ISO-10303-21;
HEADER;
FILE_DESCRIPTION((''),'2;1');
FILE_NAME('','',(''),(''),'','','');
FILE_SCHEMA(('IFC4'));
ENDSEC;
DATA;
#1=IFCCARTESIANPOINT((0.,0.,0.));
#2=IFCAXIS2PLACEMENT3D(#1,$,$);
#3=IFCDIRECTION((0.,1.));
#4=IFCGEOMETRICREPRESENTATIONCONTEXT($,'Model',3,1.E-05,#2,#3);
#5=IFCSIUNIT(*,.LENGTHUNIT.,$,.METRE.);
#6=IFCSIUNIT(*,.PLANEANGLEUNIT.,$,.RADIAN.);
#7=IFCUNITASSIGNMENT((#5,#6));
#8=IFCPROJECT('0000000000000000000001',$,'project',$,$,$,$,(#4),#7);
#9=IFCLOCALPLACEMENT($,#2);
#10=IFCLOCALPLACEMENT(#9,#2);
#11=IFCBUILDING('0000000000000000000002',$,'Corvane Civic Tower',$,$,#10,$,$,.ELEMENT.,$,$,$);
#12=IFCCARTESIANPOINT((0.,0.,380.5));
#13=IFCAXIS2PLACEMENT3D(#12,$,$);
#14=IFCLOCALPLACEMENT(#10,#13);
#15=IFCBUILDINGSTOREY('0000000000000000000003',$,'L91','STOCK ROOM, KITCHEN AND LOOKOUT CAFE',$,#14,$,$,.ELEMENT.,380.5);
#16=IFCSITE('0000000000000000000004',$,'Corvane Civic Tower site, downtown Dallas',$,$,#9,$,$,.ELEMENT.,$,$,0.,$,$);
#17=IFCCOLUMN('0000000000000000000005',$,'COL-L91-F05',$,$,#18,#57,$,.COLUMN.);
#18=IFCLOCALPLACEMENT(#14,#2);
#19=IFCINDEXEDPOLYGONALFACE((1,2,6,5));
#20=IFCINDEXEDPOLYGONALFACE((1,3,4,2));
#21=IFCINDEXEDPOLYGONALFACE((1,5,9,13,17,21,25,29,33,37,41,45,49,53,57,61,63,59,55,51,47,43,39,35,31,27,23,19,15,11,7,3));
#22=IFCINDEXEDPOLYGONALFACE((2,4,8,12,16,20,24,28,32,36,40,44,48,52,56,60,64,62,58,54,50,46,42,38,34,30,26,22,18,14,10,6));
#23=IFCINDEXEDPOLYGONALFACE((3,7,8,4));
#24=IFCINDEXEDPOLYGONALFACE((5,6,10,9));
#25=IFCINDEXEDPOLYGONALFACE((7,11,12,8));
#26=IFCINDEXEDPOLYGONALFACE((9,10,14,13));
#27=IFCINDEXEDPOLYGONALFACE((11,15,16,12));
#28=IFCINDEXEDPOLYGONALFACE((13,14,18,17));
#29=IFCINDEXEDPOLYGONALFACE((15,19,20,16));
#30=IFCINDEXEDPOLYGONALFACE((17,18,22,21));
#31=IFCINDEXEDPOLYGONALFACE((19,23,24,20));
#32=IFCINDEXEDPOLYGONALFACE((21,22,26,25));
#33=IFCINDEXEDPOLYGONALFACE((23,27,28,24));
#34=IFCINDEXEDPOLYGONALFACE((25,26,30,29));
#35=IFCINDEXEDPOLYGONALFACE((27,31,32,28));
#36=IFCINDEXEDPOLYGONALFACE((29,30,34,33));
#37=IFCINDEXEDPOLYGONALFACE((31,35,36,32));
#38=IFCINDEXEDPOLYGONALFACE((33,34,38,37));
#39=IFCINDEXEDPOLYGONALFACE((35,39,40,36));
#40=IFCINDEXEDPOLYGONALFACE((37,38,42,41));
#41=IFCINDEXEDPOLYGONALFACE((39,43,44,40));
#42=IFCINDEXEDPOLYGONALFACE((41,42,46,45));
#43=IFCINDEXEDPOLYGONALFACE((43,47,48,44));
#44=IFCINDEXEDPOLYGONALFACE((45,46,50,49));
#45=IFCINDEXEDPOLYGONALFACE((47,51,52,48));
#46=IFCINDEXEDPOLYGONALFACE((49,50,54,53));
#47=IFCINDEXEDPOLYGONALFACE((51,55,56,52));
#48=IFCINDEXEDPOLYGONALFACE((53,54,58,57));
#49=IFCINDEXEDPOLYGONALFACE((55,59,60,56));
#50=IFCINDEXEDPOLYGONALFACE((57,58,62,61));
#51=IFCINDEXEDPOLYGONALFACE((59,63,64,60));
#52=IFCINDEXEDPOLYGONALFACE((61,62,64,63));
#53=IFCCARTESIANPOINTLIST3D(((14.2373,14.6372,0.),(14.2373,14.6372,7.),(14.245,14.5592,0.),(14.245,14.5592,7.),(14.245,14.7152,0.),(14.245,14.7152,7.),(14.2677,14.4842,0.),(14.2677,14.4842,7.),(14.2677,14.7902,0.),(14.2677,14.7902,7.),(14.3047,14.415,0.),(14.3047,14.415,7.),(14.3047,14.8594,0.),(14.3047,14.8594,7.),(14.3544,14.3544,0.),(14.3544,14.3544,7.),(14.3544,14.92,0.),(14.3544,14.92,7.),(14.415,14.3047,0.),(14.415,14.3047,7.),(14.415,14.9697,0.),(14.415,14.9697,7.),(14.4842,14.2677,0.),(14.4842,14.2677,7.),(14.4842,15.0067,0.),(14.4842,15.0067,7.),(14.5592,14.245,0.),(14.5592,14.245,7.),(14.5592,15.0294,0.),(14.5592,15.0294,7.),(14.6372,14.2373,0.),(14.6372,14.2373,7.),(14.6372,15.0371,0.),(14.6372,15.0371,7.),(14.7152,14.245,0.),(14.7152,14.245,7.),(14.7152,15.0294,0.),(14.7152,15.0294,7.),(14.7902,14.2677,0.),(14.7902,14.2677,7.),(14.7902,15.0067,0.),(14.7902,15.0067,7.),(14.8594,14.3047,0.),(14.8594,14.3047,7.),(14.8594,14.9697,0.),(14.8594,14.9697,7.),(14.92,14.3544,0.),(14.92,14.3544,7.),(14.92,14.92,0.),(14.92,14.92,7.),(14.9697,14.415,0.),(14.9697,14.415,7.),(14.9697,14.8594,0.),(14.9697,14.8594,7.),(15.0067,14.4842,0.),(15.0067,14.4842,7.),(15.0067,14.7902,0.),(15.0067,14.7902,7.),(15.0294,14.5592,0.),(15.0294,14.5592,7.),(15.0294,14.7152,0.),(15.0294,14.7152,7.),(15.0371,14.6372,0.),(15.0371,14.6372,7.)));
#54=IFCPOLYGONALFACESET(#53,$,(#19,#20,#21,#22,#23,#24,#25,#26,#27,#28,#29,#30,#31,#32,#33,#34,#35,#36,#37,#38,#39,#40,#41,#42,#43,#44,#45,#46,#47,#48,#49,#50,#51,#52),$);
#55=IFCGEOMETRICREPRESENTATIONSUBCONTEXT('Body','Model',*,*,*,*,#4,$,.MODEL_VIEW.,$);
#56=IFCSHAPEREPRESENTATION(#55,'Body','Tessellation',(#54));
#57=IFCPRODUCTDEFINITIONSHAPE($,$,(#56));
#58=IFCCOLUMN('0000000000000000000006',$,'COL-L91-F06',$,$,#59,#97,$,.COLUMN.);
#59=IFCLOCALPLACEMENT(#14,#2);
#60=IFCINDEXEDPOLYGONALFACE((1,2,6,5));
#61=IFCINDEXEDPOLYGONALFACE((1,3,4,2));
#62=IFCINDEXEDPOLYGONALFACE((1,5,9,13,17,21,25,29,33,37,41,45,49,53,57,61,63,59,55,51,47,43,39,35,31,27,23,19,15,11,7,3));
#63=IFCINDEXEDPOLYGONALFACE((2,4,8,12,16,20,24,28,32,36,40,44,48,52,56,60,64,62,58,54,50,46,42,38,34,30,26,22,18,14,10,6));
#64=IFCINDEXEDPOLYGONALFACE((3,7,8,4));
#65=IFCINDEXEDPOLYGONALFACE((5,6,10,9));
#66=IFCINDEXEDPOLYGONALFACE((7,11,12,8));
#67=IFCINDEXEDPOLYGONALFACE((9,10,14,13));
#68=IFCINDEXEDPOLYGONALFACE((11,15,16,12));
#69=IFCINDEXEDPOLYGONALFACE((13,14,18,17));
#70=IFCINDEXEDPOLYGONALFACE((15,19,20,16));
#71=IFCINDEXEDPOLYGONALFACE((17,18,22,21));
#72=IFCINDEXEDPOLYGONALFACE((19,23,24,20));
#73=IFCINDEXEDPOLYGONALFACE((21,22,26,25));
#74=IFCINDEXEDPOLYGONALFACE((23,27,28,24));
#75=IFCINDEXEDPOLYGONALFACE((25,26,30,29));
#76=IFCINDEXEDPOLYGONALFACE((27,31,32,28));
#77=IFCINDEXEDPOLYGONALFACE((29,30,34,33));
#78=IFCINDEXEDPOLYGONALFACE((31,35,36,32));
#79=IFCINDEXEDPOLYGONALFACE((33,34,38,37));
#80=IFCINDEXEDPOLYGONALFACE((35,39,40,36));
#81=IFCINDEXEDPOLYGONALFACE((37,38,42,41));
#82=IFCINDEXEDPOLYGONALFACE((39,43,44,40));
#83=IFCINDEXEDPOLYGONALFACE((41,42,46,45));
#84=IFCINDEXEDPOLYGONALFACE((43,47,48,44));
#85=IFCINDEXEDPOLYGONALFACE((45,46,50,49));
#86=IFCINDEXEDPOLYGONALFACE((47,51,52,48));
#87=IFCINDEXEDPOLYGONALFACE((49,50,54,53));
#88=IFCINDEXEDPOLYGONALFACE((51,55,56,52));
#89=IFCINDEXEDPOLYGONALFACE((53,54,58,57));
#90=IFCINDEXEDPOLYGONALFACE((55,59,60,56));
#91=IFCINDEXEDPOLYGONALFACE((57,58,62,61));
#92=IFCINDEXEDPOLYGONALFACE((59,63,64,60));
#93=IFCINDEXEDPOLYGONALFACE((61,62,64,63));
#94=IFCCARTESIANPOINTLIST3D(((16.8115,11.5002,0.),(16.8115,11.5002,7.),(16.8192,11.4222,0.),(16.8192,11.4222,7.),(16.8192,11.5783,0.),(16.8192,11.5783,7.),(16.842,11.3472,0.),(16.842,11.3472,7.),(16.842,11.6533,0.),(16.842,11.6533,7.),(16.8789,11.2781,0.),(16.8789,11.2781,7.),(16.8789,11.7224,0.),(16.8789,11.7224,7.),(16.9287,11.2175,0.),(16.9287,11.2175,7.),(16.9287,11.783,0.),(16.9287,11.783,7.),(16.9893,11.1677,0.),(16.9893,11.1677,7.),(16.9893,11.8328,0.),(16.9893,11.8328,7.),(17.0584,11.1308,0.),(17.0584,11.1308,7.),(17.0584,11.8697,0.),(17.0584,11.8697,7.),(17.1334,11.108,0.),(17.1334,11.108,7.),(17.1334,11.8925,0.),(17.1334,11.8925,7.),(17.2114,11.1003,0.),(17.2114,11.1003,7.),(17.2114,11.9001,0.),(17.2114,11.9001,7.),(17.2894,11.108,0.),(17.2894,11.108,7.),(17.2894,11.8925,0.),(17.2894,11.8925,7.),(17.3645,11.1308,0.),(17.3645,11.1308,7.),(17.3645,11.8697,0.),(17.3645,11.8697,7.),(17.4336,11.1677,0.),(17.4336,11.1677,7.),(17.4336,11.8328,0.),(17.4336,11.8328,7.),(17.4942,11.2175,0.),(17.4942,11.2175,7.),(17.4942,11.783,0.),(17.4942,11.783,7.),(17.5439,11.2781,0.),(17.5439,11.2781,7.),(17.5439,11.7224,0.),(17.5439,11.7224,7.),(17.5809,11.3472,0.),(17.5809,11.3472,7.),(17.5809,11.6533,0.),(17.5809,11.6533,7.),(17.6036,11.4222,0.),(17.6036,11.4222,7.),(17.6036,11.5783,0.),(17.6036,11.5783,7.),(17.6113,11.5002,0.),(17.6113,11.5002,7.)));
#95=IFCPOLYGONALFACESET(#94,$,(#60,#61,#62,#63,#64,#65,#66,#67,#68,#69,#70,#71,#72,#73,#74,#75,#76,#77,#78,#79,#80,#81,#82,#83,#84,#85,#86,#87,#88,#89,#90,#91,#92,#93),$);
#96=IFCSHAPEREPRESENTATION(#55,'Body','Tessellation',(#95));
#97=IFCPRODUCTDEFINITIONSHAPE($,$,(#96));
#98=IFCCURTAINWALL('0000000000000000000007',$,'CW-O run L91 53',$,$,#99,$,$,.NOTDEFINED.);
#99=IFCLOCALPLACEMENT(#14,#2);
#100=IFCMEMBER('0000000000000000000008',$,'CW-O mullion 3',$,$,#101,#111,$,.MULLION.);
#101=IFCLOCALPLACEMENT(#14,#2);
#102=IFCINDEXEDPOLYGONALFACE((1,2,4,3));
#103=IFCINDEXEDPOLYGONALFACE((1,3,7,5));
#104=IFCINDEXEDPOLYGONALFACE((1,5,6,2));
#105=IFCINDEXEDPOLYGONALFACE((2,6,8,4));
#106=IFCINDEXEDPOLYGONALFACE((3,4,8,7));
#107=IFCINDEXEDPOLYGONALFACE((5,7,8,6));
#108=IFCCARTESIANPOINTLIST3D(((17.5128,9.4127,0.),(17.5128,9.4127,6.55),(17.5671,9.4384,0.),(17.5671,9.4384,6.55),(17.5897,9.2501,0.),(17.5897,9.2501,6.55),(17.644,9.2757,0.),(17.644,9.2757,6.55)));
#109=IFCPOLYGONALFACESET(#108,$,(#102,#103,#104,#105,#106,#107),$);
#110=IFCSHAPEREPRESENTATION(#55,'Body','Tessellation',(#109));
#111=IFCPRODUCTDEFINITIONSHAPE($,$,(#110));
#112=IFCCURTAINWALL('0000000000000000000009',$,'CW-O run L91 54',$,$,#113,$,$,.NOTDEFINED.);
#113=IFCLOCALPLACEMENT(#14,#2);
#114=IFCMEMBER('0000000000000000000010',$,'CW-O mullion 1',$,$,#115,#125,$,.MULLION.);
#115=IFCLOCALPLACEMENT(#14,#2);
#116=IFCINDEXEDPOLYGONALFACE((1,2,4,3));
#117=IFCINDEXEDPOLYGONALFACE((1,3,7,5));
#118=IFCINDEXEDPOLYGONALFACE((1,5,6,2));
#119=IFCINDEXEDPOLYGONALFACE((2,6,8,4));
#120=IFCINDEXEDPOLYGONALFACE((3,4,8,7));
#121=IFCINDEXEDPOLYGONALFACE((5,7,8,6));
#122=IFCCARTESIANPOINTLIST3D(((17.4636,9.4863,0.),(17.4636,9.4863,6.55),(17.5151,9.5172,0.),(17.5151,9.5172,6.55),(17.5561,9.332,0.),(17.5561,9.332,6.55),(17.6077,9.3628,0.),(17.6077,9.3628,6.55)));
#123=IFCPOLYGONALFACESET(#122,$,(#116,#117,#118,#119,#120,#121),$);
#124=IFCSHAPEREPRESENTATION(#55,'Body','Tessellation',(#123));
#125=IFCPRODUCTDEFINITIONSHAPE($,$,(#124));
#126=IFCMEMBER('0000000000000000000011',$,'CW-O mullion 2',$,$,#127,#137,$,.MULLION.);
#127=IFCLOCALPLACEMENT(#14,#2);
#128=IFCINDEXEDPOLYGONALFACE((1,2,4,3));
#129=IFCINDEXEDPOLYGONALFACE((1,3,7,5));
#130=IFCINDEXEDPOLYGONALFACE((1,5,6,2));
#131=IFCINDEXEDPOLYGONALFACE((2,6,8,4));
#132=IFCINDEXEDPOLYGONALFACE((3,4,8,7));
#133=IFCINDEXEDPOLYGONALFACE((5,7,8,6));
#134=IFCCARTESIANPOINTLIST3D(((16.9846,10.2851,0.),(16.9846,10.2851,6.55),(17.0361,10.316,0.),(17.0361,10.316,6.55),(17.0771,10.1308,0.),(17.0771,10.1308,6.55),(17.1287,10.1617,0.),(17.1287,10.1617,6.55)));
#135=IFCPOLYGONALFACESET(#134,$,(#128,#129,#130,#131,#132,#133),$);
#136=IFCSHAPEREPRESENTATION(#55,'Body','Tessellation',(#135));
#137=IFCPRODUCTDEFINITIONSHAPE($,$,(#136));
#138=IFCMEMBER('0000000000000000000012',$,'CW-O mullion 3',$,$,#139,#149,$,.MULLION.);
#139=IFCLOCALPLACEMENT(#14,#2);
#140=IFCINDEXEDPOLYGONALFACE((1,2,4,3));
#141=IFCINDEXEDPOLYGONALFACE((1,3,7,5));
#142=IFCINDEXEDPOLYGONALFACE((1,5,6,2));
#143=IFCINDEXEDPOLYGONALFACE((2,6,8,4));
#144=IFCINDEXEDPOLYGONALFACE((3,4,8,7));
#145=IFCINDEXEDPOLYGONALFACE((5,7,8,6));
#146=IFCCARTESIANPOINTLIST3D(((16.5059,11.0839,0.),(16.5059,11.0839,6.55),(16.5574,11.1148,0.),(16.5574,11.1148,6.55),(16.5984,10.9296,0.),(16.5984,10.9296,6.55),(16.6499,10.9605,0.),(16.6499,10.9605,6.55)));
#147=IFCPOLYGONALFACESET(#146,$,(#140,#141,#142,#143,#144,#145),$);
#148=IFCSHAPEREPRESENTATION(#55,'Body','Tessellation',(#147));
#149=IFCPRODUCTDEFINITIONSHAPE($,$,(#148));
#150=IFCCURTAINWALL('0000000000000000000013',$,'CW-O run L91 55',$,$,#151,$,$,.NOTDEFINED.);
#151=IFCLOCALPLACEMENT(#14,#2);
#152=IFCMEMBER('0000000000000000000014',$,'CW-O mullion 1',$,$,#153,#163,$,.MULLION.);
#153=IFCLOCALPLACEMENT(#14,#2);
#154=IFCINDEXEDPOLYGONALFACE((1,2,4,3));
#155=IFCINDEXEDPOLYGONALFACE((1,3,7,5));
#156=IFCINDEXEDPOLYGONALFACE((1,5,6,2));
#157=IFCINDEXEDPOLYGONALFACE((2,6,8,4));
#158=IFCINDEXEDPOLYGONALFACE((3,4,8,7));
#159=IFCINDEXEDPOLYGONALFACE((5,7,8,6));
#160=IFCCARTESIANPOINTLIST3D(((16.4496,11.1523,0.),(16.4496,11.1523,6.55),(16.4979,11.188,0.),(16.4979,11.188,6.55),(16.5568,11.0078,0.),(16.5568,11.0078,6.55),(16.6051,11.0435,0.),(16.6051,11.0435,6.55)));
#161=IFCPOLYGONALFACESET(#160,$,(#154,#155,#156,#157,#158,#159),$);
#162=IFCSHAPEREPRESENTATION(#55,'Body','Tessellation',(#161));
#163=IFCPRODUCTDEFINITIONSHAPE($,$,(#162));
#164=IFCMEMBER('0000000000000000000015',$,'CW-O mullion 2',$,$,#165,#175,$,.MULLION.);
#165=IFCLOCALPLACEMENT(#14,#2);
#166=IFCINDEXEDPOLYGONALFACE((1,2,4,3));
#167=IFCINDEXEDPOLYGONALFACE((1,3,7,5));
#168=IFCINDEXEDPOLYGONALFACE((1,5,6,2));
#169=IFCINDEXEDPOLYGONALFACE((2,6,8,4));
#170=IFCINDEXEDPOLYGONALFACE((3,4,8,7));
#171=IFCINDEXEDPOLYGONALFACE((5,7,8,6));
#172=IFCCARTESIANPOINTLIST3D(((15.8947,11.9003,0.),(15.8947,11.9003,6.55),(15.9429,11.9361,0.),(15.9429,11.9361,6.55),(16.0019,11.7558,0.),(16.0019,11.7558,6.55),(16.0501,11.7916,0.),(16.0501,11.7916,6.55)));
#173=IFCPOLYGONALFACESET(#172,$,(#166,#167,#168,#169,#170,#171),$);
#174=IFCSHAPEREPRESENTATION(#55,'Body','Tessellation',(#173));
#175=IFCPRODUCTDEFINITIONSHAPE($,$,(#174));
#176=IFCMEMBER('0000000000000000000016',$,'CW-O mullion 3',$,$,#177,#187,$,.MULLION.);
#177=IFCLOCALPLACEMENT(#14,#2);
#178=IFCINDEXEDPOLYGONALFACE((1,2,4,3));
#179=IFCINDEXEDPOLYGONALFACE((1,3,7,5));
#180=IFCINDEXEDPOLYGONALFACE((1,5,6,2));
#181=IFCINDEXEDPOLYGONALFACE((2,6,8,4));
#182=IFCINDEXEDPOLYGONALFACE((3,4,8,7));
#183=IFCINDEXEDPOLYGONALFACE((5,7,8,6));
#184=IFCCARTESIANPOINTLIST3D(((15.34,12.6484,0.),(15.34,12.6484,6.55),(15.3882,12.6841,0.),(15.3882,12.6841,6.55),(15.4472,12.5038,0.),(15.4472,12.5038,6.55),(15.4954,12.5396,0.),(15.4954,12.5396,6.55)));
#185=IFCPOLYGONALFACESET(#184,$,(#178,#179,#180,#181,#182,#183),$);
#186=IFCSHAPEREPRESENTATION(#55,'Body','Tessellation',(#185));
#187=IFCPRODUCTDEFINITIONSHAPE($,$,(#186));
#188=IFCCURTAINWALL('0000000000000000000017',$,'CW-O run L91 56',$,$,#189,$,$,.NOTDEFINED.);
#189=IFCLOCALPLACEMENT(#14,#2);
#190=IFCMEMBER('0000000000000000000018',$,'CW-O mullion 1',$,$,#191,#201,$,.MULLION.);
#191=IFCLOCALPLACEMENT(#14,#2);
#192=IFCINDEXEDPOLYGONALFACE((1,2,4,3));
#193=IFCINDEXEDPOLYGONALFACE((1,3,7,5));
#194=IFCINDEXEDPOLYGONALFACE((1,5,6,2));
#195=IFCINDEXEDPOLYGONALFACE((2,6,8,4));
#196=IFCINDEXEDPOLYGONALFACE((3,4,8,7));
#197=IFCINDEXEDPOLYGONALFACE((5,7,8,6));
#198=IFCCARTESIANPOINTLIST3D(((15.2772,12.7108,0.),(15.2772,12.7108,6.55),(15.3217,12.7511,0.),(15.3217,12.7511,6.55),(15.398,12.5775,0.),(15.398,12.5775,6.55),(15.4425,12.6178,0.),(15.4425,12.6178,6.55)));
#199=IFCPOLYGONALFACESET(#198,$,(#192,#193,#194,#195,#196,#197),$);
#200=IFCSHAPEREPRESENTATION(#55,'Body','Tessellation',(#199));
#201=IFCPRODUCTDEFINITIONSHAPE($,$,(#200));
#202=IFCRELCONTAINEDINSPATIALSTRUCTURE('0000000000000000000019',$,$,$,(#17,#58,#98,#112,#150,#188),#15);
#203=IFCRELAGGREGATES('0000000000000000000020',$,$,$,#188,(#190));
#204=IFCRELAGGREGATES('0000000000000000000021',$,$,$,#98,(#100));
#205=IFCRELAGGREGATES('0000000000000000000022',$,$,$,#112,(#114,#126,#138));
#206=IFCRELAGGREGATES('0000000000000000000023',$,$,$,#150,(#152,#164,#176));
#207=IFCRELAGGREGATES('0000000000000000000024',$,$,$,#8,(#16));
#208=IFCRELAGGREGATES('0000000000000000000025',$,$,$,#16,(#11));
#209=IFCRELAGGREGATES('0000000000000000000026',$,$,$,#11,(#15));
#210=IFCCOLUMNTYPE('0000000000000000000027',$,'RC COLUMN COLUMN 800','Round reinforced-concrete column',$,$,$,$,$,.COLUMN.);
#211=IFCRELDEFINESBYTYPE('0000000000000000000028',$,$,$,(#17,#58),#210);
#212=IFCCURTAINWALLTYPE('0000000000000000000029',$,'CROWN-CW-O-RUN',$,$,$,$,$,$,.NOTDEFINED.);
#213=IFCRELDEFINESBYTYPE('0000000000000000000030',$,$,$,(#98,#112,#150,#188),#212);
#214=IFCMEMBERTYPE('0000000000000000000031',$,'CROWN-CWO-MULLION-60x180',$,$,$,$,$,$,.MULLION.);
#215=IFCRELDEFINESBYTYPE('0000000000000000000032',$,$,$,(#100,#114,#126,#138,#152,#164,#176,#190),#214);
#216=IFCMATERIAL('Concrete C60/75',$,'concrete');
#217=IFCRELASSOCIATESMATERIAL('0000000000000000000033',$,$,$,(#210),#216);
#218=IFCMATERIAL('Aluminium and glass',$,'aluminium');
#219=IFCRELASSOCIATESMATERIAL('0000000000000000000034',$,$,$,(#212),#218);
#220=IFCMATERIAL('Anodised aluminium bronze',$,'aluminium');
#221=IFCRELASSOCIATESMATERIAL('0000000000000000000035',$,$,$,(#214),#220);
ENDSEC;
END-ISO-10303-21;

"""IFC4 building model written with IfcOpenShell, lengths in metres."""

from ifc_helpers import new_model, si_unit, direction, frame, origin, origin_2d, place, context, subcontext, project, spatial, rectangle, circle, extrude, material, material_profile, profile_set, type_object, element, aggregate, save


model = new_model("IFC4")

# Units and contexts
model_context = context("Model", 3, precision=1e-05, world=origin(), true_north=direction((0.0, 1.0)))
body_context = subcontext(model_context, "Body", "Model", "MODEL_VIEW")
ifc_project = project(units=[si_unit("LENGTHUNIT", "METRE"), si_unit("PLANEANGLEUNIT", "RADIAN")], contexts=[model_context])

# Site, building, storey
site_placement = place(None, origin())
site = spatial("IfcSite", under=ifc_project, at=site_placement, Name="Corvane Civic Tower site, downtown Dallas", CompositionType="ELEMENT", RefElevation=0.0)
building_placement = place(site_placement, origin())
building = spatial("IfcBuilding", under=site, at=building_placement, Name="Corvane Civic Tower", CompositionType="ELEMENT")
storey_placement = place(building_placement, frame((0.0, 0.0, 380.5)))
storey = spatial("IfcBuildingStorey", under=building, at=storey_placement, Name="L91", Description="STOCK ROOM, KITCHEN AND LOOKOUT CAFE", CompositionType="ELEMENT", Elevation=380.5)

# Columns
ifc_material_1 = material(Name="Concrete C60/75", Category="concrete")
ifc_material_profile_1 = material_profile(ifc_material_1, circle(Radius=0.3999, at=origin_2d()), Name="COLUMN 800")
ifc_profile_set_1 = profile_set([ifc_material_profile_1], Name="Concrete C60/75")
column_type = type_object("IfcColumnType", Name="RC COLUMN COLUMN 800", Description="Round reinforced-concrete column", PredefinedType="COLUMN", material=ifc_profile_set_1)
for number, where, z_axis, x_axis, name in (
    (1, (14.6372, 14.6372, 0.0), (0.0, 0.0, 1.0), (1.0, 0.0, 0.0), "COL-L91-F05"),
    (2, (17.2114, 11.5002, 0.0), (0.0, 0.0, 1.0), (1.0, 0.0, 0.0), "COL-L91-F06"),
):
    element("IfcColumn", number, at=place(storey_placement, frame(where, z_axis=z_axis, x_axis=x_axis)), inside=storey, type_object=column_type, Name=name, PredefinedType="COLUMN", context=body_context, shape_type="SweptSolid", body=[
        extrude(circle(Radius=0.3999, at=origin_2d()), origin(), (0.0, 0.0, 1.0), 7.0),
    ])

# Curtain wall, member
ifc_material_2 = material(Name="Aluminium and glass", Category="aluminium")
curtain_wall_type = type_object("IfcCurtainWallType", Name="CROWN-CW-O-RUN", PredefinedType="NOTDEFINED", material=ifc_material_2)
curtain_wall_1_placement = place(storey_placement, origin())
curtain_wall_1 = element("IfcCurtainWall", 3, at=curtain_wall_1_placement, inside=storey, type_object=curtain_wall_type, Name="CW-O run L91 53", PredefinedType="NOTDEFINED")
ifc_material_3 = material(Name="Anodised aluminium bronze", Category="aluminium")
ifc_material_profile_2 = material_profile(ifc_material_3, rectangle(XDim=0.0601, YDim=0.1799, at=origin_2d()), Name="AL 60x180")
ifc_profile_set_2 = profile_set([ifc_material_profile_2], Name="Anodised aluminium bronze")
member_type_1 = type_object("IfcMemberType", Name="CROWN-CWO-MULLION-60x180", PredefinedType="MULLION", material=ifc_profile_set_2)
member_1_placement = place(storey_placement, frame((17.5784, 9.3442, 0.0), z_axis=(0.0, 0.0, 1.0), x_axis=(-0.904011, -0.427509, 0.0)))
member_1 = element("IfcMember", 4, at=member_1_placement, type_object=member_type_1, Name="CW-O mullion 3", PredefinedType="MULLION", context=body_context, shape_type="SweptSolid", body=[
    extrude(rectangle(XDim=0.0601, YDim=0.1799, at=origin_2d()), origin(), (0.0, 0.0, 1.0), 6.55),
])

# Curtain walls, members
curtain_wall_2_placement = place(storey_placement, origin())
curtain_wall_2 = element("IfcCurtainWall", 5, at=curtain_wall_2_placement, inside=storey, type_object=curtain_wall_type, Name="CW-O run L91 54", PredefinedType="NOTDEFINED")
member_2_placement = place(storey_placement, frame((17.5356, 9.4246, 0.0), z_axis=(0.0, 0.0, 1.0), x_axis=(-0.857699, -0.514152, 0.0)))
member_2 = element("IfcMember", 6, at=member_2_placement, type_object=member_type_1, Name="CW-O mullion 1", PredefinedType="MULLION", context=body_context, shape_type="SweptSolid", body=[
    extrude(rectangle(XDim=0.0601, YDim=0.1799, at=origin_2d()), origin(), (0.0, 0.0, 1.0), 6.55),
])
member_3_placement = place(storey_placement, frame((17.0566, 10.2234, 0.0), z_axis=(0.0, 0.0, 1.0), x_axis=(-0.857699, -0.514152, 0.0)))
member_3 = element("IfcMember", 7, at=member_3_placement, type_object=member_type_1, Name="CW-O mullion 2", PredefinedType="MULLION", context=body_context, shape_type="SweptSolid", body=[
    extrude(rectangle(XDim=0.0601, YDim=0.1799, at=origin_2d()), origin(), (0.0, 0.0, 1.0), 6.55),
])
member_4_placement = place(storey_placement, frame((16.5779, 11.0222, 0.0), z_axis=(0.0, 0.0, 1.0), x_axis=(-0.857699, -0.514152, 0.0)))
member_4 = element("IfcMember", 8, at=member_4_placement, type_object=member_type_1, Name="CW-O mullion 3", PredefinedType="MULLION", context=body_context, shape_type="SweptSolid", body=[
    extrude(rectangle(XDim=0.0601, YDim=0.1799, at=origin_2d()), origin(), (0.0, 0.0, 1.0), 6.55),
])
curtain_wall_3_placement = place(storey_placement, origin())
curtain_wall_3 = element("IfcCurtainWall", 9, at=curtain_wall_3_placement, inside=storey, type_object=curtain_wall_type, Name="CW-O run L91 55", PredefinedType="NOTDEFINED")
member_5_placement = place(storey_placement, frame((16.5273, 11.0979, 0.0), z_axis=(0.0, 0.0, 1.0), x_axis=(-0.80319, -0.595722, 0.0)))
member_5 = element("IfcMember", 10, at=member_5_placement, type_object=member_type_1, Name="CW-O mullion 1", PredefinedType="MULLION", context=body_context, shape_type="SweptSolid", body=[
    extrude(rectangle(XDim=0.0601, YDim=0.1799, at=origin_2d()), origin(), (0.0, 0.0, 1.0), 6.55),
])
member_6_placement = place(storey_placement, frame((15.9724, 11.8459, 0.0), z_axis=(0.0, 0.0, 1.0), x_axis=(-0.80319, -0.595722, 0.0)))
member_6 = element("IfcMember", 11, at=member_6_placement, type_object=member_type_1, Name="CW-O mullion 2", PredefinedType="MULLION", context=body_context, shape_type="SweptSolid", body=[
    extrude(rectangle(XDim=0.0601, YDim=0.1799, at=origin_2d()), origin(), (0.0, 0.0, 1.0), 6.55),
])
member_7_placement = place(storey_placement, frame((15.4177, 12.594, 0.0), z_axis=(0.0, 0.0, 1.0), x_axis=(-0.80319, -0.595722, 0.0)))
member_7 = element("IfcMember", 12, at=member_7_placement, type_object=member_type_1, Name="CW-O mullion 3", PredefinedType="MULLION", context=body_context, shape_type="SweptSolid", body=[
    extrude(rectangle(XDim=0.0601, YDim=0.1799, at=origin_2d()), origin(), (0.0, 0.0, 1.0), 6.55),
])
curtain_wall_4_placement = place(storey_placement, origin())
curtain_wall_4 = element("IfcCurtainWall", 13, at=curtain_wall_4_placement, inside=storey, type_object=curtain_wall_type, Name="CW-O run L91 56", PredefinedType="NOTDEFINED")
member_8_placement = place(storey_placement, frame((15.3599, 12.6643, 0.0), z_axis=(0.0, 0.0, 1.0), x_axis=(-0.740944, -0.671567, 0.0)))
member_8 = element("IfcMember", 14, at=member_8_placement, type_object=member_type_1, Name="CW-O mullion 1", PredefinedType="MULLION", context=body_context, shape_type="SweptSolid", body=[
    extrude(rectangle(XDim=0.0601, YDim=0.1799, at=origin_2d()), origin(), (0.0, 0.0, 1.0), 6.55),
])
aggregate(curtain_wall_4, [member_8])

aggregate(curtain_wall_1, [member_1])
aggregate(curtain_wall_2, [member_2, member_3, member_4])
aggregate(curtain_wall_3, [member_5, member_6, member_7])

save(model, "model.ifc")
